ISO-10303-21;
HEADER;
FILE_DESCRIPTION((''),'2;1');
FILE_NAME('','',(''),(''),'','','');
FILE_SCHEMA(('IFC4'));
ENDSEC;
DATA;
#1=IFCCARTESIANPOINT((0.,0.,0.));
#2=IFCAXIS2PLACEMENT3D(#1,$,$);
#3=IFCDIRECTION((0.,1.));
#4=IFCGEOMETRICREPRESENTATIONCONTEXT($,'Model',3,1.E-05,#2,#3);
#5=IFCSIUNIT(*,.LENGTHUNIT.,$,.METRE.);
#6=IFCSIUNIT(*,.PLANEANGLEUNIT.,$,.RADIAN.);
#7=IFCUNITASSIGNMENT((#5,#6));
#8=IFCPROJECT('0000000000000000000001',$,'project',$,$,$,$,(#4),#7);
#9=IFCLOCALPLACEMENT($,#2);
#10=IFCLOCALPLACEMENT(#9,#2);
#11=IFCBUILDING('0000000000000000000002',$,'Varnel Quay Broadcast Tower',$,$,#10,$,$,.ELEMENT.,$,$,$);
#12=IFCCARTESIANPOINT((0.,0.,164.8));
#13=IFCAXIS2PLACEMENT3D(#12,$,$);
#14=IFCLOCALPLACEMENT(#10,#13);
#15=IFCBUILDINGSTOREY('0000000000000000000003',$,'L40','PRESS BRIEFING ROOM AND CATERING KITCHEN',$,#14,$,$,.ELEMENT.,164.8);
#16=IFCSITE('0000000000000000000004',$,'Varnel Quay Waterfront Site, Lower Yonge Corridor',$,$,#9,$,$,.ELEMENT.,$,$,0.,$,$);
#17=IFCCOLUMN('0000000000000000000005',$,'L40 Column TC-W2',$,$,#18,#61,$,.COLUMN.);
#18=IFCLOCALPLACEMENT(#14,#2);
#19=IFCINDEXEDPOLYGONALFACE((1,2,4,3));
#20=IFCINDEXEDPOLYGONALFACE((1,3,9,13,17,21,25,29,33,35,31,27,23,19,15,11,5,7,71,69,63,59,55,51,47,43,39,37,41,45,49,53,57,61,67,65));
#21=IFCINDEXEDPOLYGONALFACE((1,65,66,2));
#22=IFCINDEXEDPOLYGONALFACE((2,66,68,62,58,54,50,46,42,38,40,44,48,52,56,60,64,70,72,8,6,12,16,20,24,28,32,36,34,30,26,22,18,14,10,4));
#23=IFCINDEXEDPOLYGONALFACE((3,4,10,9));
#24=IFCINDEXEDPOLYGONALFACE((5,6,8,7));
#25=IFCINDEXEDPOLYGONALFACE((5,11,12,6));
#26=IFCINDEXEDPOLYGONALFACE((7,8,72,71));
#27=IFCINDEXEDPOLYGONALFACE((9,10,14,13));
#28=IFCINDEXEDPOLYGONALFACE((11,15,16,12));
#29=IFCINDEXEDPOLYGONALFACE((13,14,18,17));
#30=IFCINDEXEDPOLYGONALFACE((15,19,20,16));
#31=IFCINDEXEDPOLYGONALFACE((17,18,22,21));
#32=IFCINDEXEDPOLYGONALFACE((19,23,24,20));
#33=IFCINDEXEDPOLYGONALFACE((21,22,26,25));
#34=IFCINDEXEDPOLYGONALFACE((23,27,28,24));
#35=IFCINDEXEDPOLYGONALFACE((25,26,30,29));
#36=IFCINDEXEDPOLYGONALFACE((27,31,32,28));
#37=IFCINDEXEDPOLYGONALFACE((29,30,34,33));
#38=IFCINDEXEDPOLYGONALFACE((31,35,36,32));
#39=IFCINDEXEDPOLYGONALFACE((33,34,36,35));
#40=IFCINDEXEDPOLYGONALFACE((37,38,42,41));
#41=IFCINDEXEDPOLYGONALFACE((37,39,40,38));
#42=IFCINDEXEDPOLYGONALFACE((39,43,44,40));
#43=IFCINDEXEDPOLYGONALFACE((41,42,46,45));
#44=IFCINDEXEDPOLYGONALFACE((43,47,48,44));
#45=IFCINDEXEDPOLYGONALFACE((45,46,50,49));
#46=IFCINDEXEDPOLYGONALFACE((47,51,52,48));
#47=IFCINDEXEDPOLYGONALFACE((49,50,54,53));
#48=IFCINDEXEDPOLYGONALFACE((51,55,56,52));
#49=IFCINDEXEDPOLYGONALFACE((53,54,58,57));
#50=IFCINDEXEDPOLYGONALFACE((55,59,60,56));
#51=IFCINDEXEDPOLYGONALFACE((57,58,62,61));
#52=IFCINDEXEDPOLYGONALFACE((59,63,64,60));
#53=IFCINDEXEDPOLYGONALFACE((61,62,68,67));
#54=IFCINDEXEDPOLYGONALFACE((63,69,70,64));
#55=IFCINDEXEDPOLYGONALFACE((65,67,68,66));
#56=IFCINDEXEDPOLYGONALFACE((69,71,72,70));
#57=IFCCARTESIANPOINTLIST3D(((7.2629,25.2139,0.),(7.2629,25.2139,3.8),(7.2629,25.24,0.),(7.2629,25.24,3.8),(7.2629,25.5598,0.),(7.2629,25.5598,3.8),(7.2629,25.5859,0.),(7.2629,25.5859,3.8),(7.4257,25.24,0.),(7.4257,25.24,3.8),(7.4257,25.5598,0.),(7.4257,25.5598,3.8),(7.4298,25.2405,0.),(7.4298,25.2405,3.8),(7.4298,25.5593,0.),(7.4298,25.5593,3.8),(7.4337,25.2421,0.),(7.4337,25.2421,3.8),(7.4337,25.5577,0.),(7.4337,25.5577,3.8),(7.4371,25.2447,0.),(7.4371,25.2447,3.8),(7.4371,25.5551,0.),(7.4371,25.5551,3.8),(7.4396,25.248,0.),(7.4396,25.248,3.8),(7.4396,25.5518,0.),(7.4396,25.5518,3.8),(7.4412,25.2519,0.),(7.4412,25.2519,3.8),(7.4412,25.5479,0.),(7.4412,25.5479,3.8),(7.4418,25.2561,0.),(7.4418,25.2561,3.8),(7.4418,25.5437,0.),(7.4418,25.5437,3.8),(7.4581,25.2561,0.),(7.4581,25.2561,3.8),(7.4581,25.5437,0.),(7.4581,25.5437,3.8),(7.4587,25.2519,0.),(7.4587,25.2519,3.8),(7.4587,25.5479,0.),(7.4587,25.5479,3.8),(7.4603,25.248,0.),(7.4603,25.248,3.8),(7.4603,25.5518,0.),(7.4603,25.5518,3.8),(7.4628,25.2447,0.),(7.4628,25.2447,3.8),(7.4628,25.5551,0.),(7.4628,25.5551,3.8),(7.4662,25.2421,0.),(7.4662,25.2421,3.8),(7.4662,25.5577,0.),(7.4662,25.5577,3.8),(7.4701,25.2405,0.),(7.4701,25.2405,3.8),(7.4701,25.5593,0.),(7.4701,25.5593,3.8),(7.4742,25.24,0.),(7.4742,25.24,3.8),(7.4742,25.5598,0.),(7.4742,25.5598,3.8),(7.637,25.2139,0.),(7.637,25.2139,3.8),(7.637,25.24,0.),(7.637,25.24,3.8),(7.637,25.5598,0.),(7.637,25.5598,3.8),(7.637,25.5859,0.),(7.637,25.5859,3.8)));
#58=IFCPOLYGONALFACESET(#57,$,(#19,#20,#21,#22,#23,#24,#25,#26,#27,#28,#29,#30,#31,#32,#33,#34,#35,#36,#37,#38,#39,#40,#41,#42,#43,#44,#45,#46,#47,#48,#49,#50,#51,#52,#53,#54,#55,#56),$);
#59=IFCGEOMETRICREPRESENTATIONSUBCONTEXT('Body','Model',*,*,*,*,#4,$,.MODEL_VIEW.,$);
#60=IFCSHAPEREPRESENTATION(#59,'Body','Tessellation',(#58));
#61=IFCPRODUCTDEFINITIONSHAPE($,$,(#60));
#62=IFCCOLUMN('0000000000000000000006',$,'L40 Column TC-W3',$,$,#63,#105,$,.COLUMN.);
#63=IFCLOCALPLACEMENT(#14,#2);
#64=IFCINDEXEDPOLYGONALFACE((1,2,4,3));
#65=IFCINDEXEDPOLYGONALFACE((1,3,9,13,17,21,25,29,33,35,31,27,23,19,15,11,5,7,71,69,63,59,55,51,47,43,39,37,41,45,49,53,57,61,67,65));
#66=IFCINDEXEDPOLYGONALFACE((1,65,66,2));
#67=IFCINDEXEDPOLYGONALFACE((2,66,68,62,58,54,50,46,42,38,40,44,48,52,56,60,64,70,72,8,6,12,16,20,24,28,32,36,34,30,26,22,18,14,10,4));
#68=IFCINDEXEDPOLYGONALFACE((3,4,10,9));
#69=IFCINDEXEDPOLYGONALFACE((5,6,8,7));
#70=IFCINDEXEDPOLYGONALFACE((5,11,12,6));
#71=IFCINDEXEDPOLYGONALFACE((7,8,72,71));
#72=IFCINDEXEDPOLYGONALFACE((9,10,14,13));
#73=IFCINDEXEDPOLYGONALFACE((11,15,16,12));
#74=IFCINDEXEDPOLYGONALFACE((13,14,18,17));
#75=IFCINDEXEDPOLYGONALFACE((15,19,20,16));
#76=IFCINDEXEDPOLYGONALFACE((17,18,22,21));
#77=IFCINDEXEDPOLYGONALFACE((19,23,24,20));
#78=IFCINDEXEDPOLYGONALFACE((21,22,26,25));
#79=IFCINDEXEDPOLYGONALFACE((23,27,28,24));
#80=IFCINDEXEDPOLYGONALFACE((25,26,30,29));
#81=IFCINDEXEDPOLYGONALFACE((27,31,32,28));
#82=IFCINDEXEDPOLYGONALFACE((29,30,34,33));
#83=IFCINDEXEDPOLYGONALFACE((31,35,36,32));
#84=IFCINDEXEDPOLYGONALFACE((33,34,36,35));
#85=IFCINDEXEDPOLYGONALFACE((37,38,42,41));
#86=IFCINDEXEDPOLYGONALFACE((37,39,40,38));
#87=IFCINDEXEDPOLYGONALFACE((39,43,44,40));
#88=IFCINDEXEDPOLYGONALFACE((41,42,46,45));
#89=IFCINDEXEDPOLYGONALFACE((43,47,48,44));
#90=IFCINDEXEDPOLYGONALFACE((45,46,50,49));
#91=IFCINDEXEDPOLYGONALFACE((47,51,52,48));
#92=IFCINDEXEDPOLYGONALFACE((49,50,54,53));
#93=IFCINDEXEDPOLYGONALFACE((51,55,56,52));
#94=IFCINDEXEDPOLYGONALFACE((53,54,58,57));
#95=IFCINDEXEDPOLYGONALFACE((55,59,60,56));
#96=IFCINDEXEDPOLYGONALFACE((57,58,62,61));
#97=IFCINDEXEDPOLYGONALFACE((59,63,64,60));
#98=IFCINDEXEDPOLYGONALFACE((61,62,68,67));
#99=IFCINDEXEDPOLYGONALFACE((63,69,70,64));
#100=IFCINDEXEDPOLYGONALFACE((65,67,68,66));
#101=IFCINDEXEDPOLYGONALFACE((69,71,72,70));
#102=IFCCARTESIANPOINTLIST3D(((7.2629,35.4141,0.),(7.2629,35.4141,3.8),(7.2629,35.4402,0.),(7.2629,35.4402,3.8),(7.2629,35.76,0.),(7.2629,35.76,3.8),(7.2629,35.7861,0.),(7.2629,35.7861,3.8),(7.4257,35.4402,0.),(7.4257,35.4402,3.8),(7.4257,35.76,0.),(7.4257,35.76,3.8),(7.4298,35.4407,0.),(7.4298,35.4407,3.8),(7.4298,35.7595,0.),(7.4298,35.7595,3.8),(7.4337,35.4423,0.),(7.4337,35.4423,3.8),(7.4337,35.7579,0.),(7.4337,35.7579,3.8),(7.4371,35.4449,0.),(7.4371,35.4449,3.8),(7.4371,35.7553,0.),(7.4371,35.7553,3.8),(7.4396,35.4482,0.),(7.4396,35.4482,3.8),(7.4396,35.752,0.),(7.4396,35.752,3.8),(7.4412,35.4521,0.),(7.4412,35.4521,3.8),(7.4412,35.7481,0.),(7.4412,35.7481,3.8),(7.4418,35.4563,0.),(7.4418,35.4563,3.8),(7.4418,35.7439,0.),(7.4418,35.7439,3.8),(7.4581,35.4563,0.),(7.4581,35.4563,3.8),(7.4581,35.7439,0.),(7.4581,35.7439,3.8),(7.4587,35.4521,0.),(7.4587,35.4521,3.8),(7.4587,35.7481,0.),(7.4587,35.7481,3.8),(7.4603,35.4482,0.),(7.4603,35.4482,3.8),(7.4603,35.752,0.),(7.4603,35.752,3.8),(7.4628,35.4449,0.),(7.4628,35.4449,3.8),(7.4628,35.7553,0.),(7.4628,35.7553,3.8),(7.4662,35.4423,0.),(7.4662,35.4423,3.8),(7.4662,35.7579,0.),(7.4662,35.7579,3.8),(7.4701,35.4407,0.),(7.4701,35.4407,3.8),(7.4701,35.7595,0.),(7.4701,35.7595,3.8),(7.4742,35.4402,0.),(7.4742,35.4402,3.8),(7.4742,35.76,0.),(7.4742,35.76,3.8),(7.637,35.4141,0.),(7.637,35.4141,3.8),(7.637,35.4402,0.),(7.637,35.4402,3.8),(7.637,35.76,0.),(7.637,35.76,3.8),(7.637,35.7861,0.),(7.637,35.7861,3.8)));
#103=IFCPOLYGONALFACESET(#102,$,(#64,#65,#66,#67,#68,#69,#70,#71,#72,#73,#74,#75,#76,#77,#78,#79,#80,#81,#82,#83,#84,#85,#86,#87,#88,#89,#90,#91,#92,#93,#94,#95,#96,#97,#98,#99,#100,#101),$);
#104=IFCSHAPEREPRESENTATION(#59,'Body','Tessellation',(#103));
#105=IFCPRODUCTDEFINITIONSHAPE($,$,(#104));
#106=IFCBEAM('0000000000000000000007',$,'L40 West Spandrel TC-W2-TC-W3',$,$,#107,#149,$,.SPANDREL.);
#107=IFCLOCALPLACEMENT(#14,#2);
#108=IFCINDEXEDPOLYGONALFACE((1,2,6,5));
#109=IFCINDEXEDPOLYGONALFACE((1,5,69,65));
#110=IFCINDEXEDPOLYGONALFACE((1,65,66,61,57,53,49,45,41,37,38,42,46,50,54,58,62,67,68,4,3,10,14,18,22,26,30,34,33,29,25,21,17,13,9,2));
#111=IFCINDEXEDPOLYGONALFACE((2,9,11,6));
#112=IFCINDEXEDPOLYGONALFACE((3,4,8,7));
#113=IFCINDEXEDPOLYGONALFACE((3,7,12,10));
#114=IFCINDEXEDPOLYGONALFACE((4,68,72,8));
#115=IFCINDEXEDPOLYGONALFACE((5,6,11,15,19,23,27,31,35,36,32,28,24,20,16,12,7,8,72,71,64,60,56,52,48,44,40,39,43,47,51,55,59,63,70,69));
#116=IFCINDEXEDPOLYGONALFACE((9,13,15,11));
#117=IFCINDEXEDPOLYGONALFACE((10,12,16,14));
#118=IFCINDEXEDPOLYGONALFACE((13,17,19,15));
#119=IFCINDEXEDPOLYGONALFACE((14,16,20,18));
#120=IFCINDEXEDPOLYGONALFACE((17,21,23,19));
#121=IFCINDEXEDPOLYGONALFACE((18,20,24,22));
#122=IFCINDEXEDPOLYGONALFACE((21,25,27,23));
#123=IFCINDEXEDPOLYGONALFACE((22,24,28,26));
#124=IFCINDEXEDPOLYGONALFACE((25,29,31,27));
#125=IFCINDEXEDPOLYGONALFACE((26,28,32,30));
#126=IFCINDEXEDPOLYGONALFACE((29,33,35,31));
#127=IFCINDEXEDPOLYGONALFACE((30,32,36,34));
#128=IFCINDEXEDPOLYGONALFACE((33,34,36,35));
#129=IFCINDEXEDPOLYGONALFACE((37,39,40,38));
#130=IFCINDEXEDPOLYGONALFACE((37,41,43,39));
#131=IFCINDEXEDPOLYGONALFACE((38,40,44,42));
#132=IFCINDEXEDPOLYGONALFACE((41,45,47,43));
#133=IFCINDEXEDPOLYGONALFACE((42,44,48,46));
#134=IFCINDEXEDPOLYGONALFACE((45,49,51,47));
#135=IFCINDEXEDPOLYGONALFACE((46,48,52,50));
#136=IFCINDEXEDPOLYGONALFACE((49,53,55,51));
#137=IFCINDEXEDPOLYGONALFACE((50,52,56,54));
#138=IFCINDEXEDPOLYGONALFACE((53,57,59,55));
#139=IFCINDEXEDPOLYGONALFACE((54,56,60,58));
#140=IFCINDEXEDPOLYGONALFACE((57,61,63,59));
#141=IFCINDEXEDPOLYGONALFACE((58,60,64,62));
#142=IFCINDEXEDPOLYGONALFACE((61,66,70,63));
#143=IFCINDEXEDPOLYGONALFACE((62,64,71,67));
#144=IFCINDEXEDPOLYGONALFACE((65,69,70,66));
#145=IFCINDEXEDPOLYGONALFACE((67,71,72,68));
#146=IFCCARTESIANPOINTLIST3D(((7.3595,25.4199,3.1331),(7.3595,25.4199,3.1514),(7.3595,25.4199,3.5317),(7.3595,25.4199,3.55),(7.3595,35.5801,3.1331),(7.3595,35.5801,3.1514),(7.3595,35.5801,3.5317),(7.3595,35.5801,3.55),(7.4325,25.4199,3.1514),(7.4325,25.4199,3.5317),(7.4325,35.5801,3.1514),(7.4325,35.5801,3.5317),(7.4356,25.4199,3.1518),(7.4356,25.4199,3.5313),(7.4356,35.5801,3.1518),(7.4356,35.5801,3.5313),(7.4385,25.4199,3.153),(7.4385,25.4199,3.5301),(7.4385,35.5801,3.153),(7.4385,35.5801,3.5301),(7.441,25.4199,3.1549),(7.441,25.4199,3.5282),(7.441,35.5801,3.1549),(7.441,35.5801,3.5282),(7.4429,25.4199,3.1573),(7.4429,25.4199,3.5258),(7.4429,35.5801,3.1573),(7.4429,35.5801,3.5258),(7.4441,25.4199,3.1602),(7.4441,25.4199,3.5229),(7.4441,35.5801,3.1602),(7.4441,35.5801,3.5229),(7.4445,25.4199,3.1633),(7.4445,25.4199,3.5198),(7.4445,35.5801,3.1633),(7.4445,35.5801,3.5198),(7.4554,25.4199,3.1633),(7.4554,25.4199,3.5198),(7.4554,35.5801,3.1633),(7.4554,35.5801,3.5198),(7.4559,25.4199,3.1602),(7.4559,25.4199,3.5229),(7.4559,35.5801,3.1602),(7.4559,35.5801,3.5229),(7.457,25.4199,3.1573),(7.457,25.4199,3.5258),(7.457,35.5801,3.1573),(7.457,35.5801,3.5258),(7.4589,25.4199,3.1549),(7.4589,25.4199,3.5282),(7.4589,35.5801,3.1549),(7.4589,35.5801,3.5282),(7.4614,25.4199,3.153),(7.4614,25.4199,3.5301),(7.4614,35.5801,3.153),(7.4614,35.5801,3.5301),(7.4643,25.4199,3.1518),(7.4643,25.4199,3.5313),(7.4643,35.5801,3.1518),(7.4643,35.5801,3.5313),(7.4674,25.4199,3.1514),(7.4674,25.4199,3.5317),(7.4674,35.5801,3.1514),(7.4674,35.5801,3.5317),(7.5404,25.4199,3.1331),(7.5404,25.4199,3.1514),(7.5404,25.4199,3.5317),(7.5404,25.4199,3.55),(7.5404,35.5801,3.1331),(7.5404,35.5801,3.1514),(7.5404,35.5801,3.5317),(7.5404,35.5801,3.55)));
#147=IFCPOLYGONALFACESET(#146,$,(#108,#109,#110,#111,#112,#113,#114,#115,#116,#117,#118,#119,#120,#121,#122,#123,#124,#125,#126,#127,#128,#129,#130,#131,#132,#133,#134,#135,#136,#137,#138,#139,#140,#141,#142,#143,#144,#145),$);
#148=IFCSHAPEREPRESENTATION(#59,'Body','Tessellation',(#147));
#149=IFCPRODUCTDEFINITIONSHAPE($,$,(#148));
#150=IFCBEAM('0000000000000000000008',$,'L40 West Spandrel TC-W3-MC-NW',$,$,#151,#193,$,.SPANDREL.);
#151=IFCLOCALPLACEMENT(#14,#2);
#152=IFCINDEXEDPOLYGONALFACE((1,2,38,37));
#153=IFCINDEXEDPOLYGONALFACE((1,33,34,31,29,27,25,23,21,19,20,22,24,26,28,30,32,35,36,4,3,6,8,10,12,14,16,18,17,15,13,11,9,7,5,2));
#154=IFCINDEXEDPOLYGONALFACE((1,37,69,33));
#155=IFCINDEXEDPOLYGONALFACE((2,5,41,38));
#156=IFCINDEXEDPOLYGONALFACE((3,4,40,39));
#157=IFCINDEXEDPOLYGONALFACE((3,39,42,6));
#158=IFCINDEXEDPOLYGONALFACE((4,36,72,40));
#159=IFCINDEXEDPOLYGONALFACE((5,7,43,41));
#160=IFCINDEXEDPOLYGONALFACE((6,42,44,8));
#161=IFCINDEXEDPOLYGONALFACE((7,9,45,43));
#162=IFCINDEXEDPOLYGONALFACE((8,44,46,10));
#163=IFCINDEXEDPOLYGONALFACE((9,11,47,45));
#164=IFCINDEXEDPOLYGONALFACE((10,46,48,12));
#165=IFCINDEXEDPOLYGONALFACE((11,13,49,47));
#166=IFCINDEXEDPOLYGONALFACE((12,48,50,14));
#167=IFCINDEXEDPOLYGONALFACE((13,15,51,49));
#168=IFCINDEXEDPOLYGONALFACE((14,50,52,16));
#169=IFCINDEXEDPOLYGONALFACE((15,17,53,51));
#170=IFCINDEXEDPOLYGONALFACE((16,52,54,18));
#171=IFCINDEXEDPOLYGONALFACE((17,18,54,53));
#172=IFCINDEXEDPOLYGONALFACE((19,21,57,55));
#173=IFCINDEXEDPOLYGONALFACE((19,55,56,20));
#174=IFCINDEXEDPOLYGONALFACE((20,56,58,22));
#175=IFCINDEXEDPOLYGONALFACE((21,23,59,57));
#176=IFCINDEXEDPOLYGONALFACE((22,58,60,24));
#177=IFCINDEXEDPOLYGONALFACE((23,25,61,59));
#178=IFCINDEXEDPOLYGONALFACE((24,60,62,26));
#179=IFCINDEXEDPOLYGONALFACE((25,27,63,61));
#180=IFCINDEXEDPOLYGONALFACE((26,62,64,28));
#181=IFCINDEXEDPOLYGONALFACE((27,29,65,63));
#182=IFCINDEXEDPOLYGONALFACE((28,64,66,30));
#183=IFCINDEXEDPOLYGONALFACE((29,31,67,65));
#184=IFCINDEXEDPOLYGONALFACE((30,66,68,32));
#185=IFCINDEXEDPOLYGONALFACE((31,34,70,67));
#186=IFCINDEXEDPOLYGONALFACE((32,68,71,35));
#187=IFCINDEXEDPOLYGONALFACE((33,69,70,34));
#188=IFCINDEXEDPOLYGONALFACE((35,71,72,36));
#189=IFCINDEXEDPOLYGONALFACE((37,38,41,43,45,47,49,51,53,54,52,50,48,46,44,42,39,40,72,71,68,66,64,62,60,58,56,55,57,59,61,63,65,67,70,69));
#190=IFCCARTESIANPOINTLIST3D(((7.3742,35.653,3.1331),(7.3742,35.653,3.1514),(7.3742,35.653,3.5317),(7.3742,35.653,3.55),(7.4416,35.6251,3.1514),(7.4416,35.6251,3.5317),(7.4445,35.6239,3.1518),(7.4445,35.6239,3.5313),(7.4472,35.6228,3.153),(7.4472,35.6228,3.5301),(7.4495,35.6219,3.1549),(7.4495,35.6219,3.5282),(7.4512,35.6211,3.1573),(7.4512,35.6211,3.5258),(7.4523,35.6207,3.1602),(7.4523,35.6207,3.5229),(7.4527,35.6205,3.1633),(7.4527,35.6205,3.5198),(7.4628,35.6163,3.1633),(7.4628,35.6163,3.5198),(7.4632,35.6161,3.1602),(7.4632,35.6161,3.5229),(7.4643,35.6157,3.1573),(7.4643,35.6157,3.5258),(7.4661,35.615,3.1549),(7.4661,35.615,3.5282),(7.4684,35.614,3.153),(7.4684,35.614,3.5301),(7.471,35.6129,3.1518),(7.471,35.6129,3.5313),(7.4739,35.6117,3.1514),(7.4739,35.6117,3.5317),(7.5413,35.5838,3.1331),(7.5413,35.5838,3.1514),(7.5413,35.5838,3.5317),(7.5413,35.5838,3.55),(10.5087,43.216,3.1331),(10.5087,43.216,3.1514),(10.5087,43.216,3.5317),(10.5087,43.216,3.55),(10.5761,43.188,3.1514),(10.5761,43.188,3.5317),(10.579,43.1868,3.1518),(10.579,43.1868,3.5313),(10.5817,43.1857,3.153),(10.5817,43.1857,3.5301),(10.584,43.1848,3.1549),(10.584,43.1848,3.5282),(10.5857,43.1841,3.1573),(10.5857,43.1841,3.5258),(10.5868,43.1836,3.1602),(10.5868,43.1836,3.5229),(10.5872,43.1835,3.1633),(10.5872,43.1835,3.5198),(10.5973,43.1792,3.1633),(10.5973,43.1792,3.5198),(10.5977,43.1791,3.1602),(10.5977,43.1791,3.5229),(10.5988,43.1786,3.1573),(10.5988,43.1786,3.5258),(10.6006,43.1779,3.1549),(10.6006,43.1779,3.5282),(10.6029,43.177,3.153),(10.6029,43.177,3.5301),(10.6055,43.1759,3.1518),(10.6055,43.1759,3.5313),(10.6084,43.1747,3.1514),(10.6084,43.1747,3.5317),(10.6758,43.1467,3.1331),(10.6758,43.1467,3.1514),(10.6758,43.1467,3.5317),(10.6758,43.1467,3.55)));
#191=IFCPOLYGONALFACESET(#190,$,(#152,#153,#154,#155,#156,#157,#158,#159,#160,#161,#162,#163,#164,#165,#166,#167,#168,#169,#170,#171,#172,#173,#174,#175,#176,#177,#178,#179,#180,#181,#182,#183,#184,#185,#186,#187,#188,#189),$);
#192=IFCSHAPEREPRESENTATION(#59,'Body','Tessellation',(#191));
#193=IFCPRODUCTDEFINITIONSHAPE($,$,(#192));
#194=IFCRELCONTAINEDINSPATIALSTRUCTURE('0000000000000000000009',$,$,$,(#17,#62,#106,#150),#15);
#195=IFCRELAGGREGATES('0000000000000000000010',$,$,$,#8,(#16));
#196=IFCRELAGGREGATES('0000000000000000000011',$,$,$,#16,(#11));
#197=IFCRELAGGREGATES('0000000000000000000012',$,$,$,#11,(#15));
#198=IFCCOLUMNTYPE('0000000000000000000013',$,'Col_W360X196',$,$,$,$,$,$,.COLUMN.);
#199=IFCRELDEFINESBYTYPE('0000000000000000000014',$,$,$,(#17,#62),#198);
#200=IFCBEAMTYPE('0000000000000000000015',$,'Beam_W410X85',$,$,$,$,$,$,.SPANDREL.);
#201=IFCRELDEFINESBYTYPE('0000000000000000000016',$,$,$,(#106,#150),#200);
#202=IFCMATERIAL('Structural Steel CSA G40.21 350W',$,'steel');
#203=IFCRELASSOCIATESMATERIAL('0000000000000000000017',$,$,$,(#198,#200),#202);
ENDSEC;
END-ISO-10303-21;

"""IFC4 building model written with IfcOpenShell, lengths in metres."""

from ifc_helpers import new_model, si_unit, direction, frame, origin, origin_2d, place, context, subcontext, project, spatial, i_section, extrude, source, transform, mapped, material, material_profile, profile_set, type_object, type_shapes, element, save


model = new_model("IFC4")

# Units and contexts
model_context = context("Model", 3, precision=1e-05, world=origin(), true_north=direction((0.0, 1.0)))
body_context = subcontext(model_context, "Body", "Model", "MODEL_VIEW")
ifc_project = project(units=[si_unit("LENGTHUNIT", "METRE"), si_unit("PLANEANGLEUNIT", "RADIAN")], contexts=[model_context])

# Site, building, storey
site_placement = place(None, origin())
site = spatial("IfcSite", under=ifc_project, at=site_placement, Name="Varnel Quay Waterfront Site, Lower Yonge Corridor", CompositionType="ELEMENT", RefElevation=0.0)
building_placement = place(site_placement, origin())
building = spatial("IfcBuilding", under=site, at=building_placement, Name="Varnel Quay Broadcast Tower", CompositionType="ELEMENT")
storey_placement = place(building_placement, frame((0.0, 0.0, 164.8)))
storey = spatial("IfcBuildingStorey", under=building, at=storey_placement, Name="L40", Description="PRESS BRIEFING ROOM AND CATERING KITCHEN", CompositionType="ELEMENT", Elevation=164.8)

# Columns
ifc_material_1 = material(Name="Structural Steel CSA G40.21 350W", Category="steel")
ifc_material_profile_1 = material_profile(ifc_material_1, i_section(OverallWidth=0.374, OverallDepth=0.3721, WebThickness=0.0164, FlangeThickness=0.0261, FilletRadius=0.0161, at=origin_2d()), Name="W360X196")
ifc_profile_set_1 = profile_set([ifc_material_profile_1], Name="Structural Steel CSA G40.21 350W")
column_type = type_object("IfcColumnType", Name="Col_W360X196", PredefinedType="COLUMN", material=ifc_profile_set_1)
shared_shape_1 = source(origin(), body_context, "Body", "SweptSolid", [
    extrude(i_section(OverallWidth=0.374, OverallDepth=0.3721, WebThickness=0.0164, FlangeThickness=0.0261, FilletRadius=0.0161, at=origin_2d()), origin(), (0.0, 0.0, 1.0), 3.8),
])
type_shapes(column_type, [shared_shape_1])
for number, where, z_axis, x_axis, name in (
    (1, (7.45, 25.3999, 0.0), (0.0, 0.0, 1.0), (1.0, 0.0, 0.0), "L40 Column TC-W2"),
    (2, (7.45, 35.6001, 0.0), (0.0, 0.0, 1.0), (1.0, 0.0, 0.0), "L40 Column TC-W3"),
):
    element("IfcColumn", number, at=place(storey_placement, frame(where, z_axis=z_axis, x_axis=x_axis)), inside=storey, type_object=column_type, Name=name, PredefinedType="COLUMN", context=body_context, shape_type="MappedRepresentation", body=[
        mapped(shared_shape_1, transform((0.0, 0.0, 0.0), x_axis=(1.0, 0.0, 0.0), y_axis=(0.0, 1.0, 0.0), z_axis=(0.0, 0.0, 1.0), scale=1.0)),
    ])

# Beams
ifc_material_profile_2 = material_profile(ifc_material_1, i_section(OverallWidth=0.1809, OverallDepth=0.417, WebThickness=0.011, FlangeThickness=0.0183, FilletRadius=0.012, at=origin_2d()), Name="W410X85")
ifc_profile_set_2 = profile_set([ifc_material_profile_2], Name="Structural Steel CSA G40.21 350W")
beam_type = type_object("IfcBeamType", Name="Beam_W410X85", PredefinedType="SPANDREL", material=ifc_profile_set_2)
shared_shape_2 = source(origin(), body_context, "Body", "SweptSolid", [
    extrude(i_section(OverallWidth=0.1809, OverallDepth=0.417, WebThickness=0.011, FlangeThickness=0.0183, FilletRadius=0.012, at=origin_2d()), origin(), (0.0, 0.0, 1.0), 10.1602),
])
beam_1_placement = place(storey_placement, frame((7.45, 25.4199, 3.3416), z_axis=(0.0, 1.0, 0.0), x_axis=(-1.0, 0.0, 0.0)))
element("IfcBeam", 3, at=beam_1_placement, inside=storey, type_object=beam_type, Name="L40 West Spandrel TC-W2-TC-W3", PredefinedType="SPANDREL", context=body_context, shape_type="MappedRepresentation", body=[
    mapped(shared_shape_2, transform((0.0, 0.0, 0.0), x_axis=(1.0, 0.0, 0.0), y_axis=(0.0, 1.0, 0.0), z_axis=(0.0, 0.0, 1.0), scale=1.0)),
])
shared_shape_3 = source(origin(), body_context, "Body", "SweptSolid", [
    extrude(i_section(OverallWidth=0.1809, OverallDepth=0.417, WebThickness=0.011, FlangeThickness=0.0183, FilletRadius=0.012, at=origin_2d()), origin(), (0.0, 0.0, 1.0), 8.1868),
])
type_shapes(beam_type, [shared_shape_2, shared_shape_3])
beam_2_placement = place(storey_placement, frame((7.4578, 35.6184, 3.3416), z_axis=(0.382874, 0.923801, 0.0), x_axis=(-0.923801, 0.382874, 0.0)))
element("IfcBeam", 4, at=beam_2_placement, inside=storey, type_object=beam_type, Name="L40 West Spandrel TC-W3-MC-NW", PredefinedType="SPANDREL", context=body_context, shape_type="MappedRepresentation", body=[
    mapped(shared_shape_3, transform((0.0, 0.0, 0.0), x_axis=(1.0, 0.0, 0.0), y_axis=(0.0, 1.0, 0.0), z_axis=(0.0, 0.0, 1.0), scale=1.0)),
])

save(model, "model.ifc")
